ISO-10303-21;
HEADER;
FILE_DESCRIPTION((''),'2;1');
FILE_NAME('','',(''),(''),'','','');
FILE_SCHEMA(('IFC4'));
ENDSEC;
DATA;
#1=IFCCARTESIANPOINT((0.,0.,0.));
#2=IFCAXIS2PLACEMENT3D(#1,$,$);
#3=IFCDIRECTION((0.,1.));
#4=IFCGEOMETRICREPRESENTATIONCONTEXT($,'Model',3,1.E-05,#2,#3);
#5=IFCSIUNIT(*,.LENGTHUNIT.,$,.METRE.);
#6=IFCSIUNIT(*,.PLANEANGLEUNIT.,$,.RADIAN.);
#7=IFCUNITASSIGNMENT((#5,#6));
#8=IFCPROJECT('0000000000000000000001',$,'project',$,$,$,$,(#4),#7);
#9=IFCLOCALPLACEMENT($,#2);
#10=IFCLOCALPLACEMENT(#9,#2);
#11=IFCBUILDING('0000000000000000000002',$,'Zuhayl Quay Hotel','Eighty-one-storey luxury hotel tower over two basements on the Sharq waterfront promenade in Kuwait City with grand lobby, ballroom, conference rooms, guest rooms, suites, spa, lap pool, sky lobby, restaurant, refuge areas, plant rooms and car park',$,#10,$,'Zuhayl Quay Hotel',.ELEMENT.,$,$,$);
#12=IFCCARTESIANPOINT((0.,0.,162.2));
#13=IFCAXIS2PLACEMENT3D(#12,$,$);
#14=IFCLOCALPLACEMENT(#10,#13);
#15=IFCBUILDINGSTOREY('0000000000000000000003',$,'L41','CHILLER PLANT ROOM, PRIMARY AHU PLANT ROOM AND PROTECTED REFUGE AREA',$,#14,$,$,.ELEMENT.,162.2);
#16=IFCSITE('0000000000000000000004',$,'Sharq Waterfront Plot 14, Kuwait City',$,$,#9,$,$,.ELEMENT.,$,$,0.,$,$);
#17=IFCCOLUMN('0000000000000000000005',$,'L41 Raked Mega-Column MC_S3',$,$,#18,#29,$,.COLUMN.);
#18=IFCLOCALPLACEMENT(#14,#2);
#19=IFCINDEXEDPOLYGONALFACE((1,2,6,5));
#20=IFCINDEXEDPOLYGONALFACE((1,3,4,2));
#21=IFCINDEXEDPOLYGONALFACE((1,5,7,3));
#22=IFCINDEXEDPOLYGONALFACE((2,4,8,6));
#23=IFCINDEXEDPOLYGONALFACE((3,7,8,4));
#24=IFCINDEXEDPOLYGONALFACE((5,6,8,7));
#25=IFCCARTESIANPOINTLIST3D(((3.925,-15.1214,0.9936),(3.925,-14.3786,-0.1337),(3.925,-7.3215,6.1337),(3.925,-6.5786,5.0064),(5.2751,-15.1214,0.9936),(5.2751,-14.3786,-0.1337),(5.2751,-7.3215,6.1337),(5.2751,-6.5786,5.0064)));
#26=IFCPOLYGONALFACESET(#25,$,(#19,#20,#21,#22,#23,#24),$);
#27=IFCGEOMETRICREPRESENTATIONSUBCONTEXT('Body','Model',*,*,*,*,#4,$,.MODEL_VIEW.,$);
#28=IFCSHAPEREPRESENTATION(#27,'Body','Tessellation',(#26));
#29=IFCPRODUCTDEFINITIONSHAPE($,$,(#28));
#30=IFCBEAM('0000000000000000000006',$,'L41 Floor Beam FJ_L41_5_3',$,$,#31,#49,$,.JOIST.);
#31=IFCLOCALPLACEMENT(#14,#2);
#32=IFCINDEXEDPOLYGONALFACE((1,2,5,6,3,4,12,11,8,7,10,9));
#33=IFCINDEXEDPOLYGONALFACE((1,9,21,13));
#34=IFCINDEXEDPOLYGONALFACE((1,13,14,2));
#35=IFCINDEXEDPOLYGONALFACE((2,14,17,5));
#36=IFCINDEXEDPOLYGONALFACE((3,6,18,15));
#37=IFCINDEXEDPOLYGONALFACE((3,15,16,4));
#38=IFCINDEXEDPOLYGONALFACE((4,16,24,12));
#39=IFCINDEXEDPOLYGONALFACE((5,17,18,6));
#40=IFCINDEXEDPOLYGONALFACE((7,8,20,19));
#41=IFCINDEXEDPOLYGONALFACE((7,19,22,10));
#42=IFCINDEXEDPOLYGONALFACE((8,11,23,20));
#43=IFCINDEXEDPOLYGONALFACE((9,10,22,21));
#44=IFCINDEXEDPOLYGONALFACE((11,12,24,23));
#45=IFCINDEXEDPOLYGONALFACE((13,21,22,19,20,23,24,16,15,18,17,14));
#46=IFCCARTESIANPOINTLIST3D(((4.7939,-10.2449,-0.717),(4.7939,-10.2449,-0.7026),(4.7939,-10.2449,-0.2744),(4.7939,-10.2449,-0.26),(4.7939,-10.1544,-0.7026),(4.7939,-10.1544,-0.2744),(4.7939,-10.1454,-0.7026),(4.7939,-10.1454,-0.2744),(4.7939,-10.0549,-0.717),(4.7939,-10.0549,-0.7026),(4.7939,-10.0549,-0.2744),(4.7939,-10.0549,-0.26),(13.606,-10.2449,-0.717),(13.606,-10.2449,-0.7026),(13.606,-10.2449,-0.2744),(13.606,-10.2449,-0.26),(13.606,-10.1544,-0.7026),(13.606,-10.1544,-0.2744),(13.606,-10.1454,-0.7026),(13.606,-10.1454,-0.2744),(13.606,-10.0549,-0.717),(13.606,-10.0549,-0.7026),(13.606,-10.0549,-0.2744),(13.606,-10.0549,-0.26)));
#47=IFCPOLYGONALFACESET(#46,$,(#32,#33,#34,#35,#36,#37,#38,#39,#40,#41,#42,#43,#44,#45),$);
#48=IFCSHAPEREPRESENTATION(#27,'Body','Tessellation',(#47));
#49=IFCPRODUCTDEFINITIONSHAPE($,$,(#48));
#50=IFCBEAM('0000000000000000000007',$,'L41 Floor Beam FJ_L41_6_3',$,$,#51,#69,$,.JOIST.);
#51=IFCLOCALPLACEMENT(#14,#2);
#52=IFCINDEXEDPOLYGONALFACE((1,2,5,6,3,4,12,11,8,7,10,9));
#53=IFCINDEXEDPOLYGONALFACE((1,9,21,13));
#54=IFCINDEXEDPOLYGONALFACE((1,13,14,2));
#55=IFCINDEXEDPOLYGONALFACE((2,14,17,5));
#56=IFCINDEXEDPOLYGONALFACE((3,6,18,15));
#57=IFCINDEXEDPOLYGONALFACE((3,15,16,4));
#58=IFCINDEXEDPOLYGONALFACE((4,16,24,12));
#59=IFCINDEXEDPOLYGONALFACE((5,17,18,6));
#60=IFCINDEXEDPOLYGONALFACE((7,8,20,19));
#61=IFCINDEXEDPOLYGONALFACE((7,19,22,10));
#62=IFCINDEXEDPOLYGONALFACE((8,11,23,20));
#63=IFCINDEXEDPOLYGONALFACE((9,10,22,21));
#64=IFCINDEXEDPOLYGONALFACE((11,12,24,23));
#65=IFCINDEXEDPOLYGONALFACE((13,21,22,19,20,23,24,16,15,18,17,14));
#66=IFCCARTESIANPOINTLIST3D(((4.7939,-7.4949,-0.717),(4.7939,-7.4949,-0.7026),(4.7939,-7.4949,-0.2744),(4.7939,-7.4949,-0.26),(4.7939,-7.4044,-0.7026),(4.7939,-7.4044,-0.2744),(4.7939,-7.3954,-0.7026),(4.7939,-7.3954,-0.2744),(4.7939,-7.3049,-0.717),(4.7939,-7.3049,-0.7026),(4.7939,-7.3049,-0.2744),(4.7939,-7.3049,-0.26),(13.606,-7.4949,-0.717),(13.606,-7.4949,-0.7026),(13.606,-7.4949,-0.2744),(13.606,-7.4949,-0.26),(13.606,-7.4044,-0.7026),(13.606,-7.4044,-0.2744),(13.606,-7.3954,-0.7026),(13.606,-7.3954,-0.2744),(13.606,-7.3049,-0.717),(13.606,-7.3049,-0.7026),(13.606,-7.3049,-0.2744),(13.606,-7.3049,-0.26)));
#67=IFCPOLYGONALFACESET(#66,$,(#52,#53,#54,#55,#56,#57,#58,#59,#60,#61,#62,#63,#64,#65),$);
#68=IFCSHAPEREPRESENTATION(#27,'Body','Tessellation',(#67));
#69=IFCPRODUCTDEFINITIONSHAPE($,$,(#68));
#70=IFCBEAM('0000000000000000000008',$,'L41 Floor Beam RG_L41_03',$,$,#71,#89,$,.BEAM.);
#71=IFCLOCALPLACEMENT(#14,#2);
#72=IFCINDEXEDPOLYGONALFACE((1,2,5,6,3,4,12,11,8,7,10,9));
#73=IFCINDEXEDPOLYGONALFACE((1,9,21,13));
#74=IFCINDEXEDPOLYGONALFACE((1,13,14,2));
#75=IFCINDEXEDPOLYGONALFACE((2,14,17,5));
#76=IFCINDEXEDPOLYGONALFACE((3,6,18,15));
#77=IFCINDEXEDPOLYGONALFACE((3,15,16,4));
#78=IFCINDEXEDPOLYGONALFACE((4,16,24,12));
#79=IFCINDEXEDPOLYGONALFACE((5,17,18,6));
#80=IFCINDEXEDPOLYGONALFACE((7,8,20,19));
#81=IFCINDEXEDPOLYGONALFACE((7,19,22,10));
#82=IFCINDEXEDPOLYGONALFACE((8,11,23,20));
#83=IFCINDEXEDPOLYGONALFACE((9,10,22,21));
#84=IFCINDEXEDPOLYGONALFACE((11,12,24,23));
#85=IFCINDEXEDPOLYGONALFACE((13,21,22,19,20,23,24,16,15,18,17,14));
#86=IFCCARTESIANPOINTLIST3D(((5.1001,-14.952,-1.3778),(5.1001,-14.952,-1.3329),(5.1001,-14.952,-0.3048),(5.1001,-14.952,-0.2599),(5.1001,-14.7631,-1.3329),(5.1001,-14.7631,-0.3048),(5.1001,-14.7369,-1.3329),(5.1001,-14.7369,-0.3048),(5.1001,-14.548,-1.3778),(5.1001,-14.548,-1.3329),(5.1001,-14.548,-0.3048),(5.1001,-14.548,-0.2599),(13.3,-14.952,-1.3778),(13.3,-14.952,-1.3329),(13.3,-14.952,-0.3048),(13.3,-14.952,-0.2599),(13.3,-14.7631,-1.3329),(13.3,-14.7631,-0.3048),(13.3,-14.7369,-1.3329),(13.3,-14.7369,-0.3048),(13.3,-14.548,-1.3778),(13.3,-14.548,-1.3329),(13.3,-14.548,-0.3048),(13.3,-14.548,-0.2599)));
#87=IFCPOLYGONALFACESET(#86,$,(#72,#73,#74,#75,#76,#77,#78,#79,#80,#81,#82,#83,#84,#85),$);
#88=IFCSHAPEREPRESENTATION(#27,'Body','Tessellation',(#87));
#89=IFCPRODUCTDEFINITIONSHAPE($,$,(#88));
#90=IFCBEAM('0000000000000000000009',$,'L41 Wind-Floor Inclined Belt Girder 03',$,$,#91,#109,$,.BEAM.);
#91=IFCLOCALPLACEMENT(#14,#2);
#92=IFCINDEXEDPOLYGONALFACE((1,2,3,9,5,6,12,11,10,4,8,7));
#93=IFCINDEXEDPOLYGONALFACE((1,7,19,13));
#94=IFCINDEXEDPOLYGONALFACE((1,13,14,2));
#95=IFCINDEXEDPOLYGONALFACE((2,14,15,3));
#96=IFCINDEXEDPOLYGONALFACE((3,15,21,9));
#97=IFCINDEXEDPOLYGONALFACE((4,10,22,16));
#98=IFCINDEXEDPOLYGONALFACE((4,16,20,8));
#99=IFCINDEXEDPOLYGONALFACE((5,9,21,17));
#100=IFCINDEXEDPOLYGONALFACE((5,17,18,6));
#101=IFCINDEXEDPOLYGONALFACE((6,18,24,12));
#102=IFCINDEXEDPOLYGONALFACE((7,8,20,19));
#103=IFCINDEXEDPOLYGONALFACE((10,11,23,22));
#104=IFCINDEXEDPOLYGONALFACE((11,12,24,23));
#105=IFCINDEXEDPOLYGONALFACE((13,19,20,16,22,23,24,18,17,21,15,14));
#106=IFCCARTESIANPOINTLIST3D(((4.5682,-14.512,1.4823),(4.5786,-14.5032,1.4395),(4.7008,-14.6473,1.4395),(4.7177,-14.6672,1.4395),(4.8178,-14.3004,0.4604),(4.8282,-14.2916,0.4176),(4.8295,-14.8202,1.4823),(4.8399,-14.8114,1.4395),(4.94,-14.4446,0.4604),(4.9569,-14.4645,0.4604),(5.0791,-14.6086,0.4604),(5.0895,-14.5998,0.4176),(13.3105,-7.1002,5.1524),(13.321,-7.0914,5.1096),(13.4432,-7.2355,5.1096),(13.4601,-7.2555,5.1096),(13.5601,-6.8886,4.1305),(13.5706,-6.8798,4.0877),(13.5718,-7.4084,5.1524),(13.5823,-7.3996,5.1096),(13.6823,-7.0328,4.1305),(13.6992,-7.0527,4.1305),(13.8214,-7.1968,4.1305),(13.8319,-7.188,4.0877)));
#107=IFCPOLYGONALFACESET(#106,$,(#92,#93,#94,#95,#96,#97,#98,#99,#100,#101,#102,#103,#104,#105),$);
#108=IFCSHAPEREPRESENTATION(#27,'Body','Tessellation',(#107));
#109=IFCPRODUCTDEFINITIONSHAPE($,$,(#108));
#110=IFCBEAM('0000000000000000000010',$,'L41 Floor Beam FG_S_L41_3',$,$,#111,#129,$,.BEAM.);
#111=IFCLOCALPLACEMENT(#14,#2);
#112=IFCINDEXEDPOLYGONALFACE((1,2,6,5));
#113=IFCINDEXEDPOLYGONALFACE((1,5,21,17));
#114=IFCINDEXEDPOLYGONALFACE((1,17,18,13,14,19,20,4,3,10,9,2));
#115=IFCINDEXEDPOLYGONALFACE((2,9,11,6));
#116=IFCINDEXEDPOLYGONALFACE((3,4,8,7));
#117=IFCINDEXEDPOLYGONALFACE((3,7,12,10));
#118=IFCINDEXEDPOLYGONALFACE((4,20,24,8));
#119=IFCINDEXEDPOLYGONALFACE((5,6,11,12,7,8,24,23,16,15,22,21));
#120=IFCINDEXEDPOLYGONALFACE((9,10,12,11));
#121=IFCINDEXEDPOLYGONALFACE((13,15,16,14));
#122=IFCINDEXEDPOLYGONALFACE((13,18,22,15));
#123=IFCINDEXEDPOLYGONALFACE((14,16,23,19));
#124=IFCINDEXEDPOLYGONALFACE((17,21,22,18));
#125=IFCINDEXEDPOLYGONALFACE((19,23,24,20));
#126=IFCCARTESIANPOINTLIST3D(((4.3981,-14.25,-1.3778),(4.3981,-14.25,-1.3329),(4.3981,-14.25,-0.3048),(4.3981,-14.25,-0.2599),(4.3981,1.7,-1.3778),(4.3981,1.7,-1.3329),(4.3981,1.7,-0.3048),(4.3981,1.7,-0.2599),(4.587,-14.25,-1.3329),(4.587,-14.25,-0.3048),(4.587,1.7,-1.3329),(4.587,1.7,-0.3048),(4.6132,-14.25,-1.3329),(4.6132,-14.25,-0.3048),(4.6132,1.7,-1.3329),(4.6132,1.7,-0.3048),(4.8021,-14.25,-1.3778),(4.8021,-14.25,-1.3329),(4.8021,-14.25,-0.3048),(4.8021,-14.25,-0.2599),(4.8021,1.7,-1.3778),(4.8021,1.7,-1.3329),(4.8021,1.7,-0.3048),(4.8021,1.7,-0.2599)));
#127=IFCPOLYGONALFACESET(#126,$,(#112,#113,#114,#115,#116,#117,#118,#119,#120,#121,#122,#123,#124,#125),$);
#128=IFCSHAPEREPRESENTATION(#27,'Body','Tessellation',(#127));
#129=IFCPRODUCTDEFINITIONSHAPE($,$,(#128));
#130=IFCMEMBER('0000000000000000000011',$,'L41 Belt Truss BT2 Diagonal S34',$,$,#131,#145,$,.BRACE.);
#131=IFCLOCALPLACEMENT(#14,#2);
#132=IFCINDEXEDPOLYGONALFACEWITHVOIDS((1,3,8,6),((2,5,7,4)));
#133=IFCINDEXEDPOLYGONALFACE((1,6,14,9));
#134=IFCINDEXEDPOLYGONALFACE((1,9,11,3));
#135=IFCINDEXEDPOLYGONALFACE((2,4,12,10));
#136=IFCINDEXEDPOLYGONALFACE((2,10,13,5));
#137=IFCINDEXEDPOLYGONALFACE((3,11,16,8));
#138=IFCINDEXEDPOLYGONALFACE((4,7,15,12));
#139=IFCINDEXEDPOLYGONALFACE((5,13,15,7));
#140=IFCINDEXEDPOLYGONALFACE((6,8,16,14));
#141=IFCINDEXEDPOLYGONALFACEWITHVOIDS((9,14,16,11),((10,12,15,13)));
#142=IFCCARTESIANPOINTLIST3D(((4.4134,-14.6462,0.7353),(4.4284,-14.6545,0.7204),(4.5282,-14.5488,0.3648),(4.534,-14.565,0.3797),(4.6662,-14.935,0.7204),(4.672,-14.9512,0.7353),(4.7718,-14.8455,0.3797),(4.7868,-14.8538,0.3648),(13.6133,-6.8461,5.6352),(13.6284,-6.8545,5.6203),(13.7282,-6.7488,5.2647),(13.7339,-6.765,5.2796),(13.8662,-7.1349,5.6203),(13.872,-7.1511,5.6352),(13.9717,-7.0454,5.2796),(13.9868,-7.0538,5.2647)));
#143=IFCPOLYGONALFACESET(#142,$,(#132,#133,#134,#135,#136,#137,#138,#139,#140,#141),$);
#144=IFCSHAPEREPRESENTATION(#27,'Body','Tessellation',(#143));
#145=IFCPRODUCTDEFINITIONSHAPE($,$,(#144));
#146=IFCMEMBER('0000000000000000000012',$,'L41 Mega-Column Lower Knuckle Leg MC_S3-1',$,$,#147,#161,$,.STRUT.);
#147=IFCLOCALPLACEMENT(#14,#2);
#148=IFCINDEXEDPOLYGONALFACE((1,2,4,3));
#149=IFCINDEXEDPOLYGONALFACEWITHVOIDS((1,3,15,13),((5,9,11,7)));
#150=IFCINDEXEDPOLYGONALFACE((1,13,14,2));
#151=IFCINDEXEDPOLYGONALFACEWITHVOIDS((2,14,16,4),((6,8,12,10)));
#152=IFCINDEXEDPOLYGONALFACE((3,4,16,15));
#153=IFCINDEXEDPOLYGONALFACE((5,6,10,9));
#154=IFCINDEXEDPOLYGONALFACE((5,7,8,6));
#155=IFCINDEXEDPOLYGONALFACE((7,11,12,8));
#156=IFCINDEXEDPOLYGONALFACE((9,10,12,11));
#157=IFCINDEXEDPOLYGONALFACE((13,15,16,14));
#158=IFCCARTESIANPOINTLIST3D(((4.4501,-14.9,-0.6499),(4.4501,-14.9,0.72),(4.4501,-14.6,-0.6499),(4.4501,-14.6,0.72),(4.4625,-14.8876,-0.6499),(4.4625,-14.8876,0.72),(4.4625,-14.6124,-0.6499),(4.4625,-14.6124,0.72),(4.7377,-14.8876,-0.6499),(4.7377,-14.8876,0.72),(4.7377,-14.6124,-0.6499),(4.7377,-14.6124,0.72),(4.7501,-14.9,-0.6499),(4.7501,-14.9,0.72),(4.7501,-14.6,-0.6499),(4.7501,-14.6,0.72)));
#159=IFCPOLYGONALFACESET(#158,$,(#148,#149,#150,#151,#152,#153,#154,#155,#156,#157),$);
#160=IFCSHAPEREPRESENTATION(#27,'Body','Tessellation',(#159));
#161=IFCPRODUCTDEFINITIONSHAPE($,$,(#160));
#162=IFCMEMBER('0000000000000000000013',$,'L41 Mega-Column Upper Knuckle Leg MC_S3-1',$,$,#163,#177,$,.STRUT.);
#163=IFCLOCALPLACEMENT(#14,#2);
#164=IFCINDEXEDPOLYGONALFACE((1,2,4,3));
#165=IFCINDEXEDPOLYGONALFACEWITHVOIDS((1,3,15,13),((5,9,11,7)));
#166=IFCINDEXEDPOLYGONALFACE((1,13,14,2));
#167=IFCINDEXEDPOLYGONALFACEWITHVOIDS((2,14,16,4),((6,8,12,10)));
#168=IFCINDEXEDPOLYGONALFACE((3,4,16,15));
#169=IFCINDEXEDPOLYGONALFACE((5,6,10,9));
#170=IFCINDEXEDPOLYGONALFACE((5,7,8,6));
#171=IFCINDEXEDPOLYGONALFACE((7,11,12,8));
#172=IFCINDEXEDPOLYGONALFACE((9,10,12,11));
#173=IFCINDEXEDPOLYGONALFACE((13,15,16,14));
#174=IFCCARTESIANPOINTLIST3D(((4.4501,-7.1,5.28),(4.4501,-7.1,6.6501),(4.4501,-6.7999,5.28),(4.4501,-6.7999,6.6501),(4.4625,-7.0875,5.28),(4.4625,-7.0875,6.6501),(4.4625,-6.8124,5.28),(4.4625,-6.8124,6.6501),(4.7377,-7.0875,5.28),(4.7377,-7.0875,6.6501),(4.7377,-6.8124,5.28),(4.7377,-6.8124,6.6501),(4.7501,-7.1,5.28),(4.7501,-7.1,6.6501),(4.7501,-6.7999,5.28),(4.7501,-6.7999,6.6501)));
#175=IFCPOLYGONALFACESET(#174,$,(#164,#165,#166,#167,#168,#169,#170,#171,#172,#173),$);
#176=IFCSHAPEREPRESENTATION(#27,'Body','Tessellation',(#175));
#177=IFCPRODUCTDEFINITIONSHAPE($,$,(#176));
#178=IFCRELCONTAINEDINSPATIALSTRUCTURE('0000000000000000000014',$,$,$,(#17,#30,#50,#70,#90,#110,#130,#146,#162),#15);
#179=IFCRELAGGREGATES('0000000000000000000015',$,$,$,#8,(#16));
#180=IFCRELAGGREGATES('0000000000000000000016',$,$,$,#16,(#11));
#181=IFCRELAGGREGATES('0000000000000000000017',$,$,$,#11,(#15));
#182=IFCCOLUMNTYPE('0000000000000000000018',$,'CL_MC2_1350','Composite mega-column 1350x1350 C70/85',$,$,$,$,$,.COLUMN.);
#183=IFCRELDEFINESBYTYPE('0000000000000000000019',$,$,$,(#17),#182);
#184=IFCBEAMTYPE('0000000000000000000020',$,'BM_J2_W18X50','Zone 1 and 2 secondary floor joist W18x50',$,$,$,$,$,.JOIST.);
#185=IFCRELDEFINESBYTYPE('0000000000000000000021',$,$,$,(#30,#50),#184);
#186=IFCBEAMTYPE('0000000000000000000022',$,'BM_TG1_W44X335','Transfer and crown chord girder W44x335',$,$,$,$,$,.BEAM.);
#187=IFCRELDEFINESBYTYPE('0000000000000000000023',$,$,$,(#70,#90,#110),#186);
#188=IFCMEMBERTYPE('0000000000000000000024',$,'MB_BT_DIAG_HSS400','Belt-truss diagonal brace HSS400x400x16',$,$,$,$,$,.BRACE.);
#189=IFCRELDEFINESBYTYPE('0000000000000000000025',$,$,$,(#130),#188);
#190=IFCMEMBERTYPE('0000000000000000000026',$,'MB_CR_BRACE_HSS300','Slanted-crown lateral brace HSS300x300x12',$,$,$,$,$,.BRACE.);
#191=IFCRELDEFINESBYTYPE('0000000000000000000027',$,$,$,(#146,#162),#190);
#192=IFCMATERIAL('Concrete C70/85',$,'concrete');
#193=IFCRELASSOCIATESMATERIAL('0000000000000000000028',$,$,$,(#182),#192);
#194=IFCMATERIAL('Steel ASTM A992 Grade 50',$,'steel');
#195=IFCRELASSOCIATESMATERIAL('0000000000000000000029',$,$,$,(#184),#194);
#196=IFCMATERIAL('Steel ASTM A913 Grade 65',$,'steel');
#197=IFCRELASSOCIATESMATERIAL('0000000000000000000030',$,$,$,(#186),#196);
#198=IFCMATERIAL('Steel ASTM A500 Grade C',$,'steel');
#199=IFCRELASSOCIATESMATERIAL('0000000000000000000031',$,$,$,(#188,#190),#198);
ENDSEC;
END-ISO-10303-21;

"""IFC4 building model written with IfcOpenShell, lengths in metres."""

from ifc_helpers import new_model, si_unit, direction, frame, origin, origin_2d, place, context, subcontext, project, spatial, rectangle, hollow_rectangle, i_section, extrude, material, material_profile, profile_set, type_object, element, save


model = new_model("IFC4")

# Units and contexts
model_context = context("Model", 3, precision=1e-05, world=origin(), true_north=direction((0.0, 1.0)))
body_context = subcontext(model_context, "Body", "Model", "MODEL_VIEW")
ifc_project = project(units=[si_unit("LENGTHUNIT", "METRE"), si_unit("PLANEANGLEUNIT", "RADIAN")], contexts=[model_context])

# Site, building, storey
site_placement = place(None, origin())
site = spatial("IfcSite", under=ifc_project, at=site_placement, Name="Sharq Waterfront Plot 14, Kuwait City", CompositionType="ELEMENT", RefElevation=0.0)
building_placement = place(site_placement, origin())
building = spatial("IfcBuilding", under=site, at=building_placement, Name="Zuhayl Quay Hotel", Description="Eighty-one-storey luxury hotel tower over two basements on the Sharq waterfront promenade in Kuwait City with grand lobby, ballroom, conference rooms, guest rooms, suites, spa, lap pool, sky lobby, restaurant, refuge areas, plant rooms and car park", LongName="Zuhayl Quay Hotel", CompositionType="ELEMENT")
storey_placement = place(building_placement, frame((0.0, 0.0, 162.2)))
storey = spatial("IfcBuildingStorey", under=building, at=storey_placement, Name="L41", Description="CHILLER PLANT ROOM, PRIMARY AHU PLANT ROOM AND PROTECTED REFUGE AREA", CompositionType="ELEMENT", Elevation=162.2)

# Column
ifc_material_1 = material(Name="Concrete C70/85", Category="concrete")
ifc_material_profile_1 = material_profile(ifc_material_1, rectangle(XDim=1.3501, YDim=1.3501, at=origin_2d()), Name="RC1350X1350")
ifc_profile_set_1 = profile_set([ifc_material_profile_1], Name="Concrete C70/85")
column_type = type_object("IfcColumnType", Name="CL_MC2_1350", Description="Composite mega-column 1350x1350 C70/85", PredefinedType="COLUMN", material=ifc_profile_set_1)
column_placement = place(storey_placement, frame((4.6001, -14.75, 0.4299), z_axis=(0.0, 0.834998, 0.550253), x_axis=(-1.0, 0.0, 0.0)))
element("IfcColumn", 1, at=column_placement, inside=storey, type_object=column_type, Name="L41 Raked Mega-Column MC_S3", PredefinedType="COLUMN", context=body_context, shape_type="SweptSolid", body=[
    extrude(rectangle(XDim=1.3501, YDim=1.3501, at=origin_2d()), origin(), (0.0, 0.0, 1.0), 9.3413),
])

# Beams
ifc_material_2 = material(Name="Steel ASTM A992 Grade 50", Category="steel")
ifc_material_profile_2 = material_profile(ifc_material_2, i_section(OverallWidth=0.1899, OverallDepth=0.457, WebThickness=0.009, FlangeThickness=0.0144, at=origin_2d()), Name="W18X50")
ifc_profile_set_2 = profile_set([ifc_material_profile_2], Name="Steel ASTM A992 Grade 50")
beam_type_1 = type_object("IfcBeamType", Name="BM_J2_W18X50", Description="Zone 1 and 2 secondary floor joist W18x50", PredefinedType="JOIST", material=ifc_profile_set_2)
for number, where, z_axis, x_axis, name in (
    (2, (4.7939, -10.1499, -0.4885), (1.0, 0.0, 0.0), (0.0, 1.0, 0.0), "L41 Floor Beam FJ_L41_5_3"),
    (3, (4.7939, -7.3999, -0.4885), (1.0, 0.0, 0.0), (0.0, 1.0, 0.0), "L41 Floor Beam FJ_L41_6_3"),
):
    element("IfcBeam", number, at=place(storey_placement, frame(where, z_axis=z_axis, x_axis=x_axis)), inside=storey, type_object=beam_type_1, Name=name, PredefinedType="JOIST", context=body_context, shape_type="SweptSolid", body=[
        extrude(i_section(OverallWidth=0.1899, OverallDepth=0.457, WebThickness=0.009, FlangeThickness=0.0144, at=origin_2d()), origin(), (0.0, 0.0, 1.0), 8.812),
    ])
ifc_material_3 = material(Name="Steel ASTM A913 Grade 65", Category="steel")
ifc_material_profile_3 = material_profile(ifc_material_3, i_section(OverallWidth=0.4041, OverallDepth=1.1179, WebThickness=0.0261, FlangeThickness=0.0449, at=origin_2d()), Name="W44X335")
ifc_profile_set_3 = profile_set([ifc_material_profile_3], Name="Steel ASTM A913 Grade 65")
beam_type_2 = type_object("IfcBeamType", Name="BM_TG1_W44X335", Description="Transfer and crown chord girder W44x335", PredefinedType="BEAM", material=ifc_profile_set_3)
beam_1_placement = place(storey_placement, frame((5.1001, -14.75, -0.8188), z_axis=(1.0, 0.0, 0.0), x_axis=(0.0, 1.0, 0.0)))
element("IfcBeam", 4, at=beam_1_placement, inside=storey, type_object=beam_type_2, Name="L41 Floor Beam RG_L41_03", PredefinedType="BEAM", context=body_context, shape_type="SweptSolid", body=[
    extrude(i_section(OverallWidth=0.4041, OverallDepth=1.1179, WebThickness=0.0261, FlangeThickness=0.0449, at=origin_2d()), origin(), (0.0, 0.0, 1.0), 8.2),
])
beam_2_placement = place(storey_placement, frame((4.8289, -14.5559, 0.95), z_axis=(0.72643, 0.61587, 0.304963), x_axis=(-0.646675, 0.762765, 0.0)))
element("IfcBeam", 5, at=beam_2_placement, inside=storey, type_object=beam_type_2, Name="L41 Wind-Floor Inclined Belt Girder 03", PredefinedType="BEAM", context=body_context, shape_type="SweptSolid", body=[
    extrude(i_section(OverallWidth=0.4041, OverallDepth=1.1179, WebThickness=0.0261, FlangeThickness=0.0449, at=origin_2d()), origin(), (0.0, 0.0, 1.0), 12.0347),
])
beam_3_placement = place(storey_placement, frame((4.6001, -14.25, -0.8188), z_axis=(0.0, 1.0, 0.0), x_axis=(-1.0, 0.0, 0.0)))
element("IfcBeam", 6, at=beam_3_placement, inside=storey, type_object=beam_type_2, Name="L41 Floor Beam FG_S_L41_3", PredefinedType="BEAM", context=body_context, shape_type="SweptSolid", body=[
    extrude(i_section(OverallWidth=0.4041, OverallDepth=1.1179, WebThickness=0.0261, FlangeThickness=0.0449, at=origin_2d()), origin(), (0.0, 0.0, 1.0), 15.95),
])

# Members
ifc_material_4 = material(Name="Steel ASTM A500 Grade C", Category="steel")
ifc_material_profile_4 = material_profile(ifc_material_4, hollow_rectangle(XDim=0.3999, YDim=0.3999, WallThickness=0.0161, at=origin_2d()), Name="HSS400X400X16")
ifc_profile_set_4 = profile_set([ifc_material_profile_4], Name="Steel ASTM A500 Grade C")
member_type_1 = type_object("IfcMemberType", Name="MB_BT_DIAG_HSS400", Description="Belt-truss diagonal brace HSS400x400x16", PredefinedType="BRACE", material=ifc_profile_set_4)
member_1_placement = place(storey_placement, frame((4.6001, -14.75, 0.55), z_axis=(0.706667, 0.599138, 0.376372), x_axis=(-0.64669, 0.762753, 0.0)))
element("IfcMember", 7, at=member_1_placement, inside=storey, type_object=member_type_1, Name="L41 Belt Truss BT2 Diagonal S34", PredefinedType="BRACE", context=body_context, shape_type="SweptSolid", body=[
    extrude(hollow_rectangle(XDim=0.3999, YDim=0.3999, WallThickness=0.0161, at=origin_2d()), origin(), (0.0, 0.0, 1.0), 13.0188),
])
ifc_material_profile_5 = material_profile(ifc_material_4, hollow_rectangle(XDim=0.3, YDim=0.3, WallThickness=0.0125, at=origin_2d()), Name="HSS300X300X12")
ifc_profile_set_5 = profile_set([ifc_material_profile_5], Name="Steel ASTM A500 Grade C")
member_type_2 = type_object("IfcMemberType", Name="MB_CR_BRACE_HSS300", Description="Slanted-crown lateral brace HSS300x300x12", PredefinedType="BRACE", material=ifc_profile_set_5)
member_2_placement = place(storey_placement, frame((4.6001, -14.75, -0.6499), z_axis=(0.0, 0.0, 1.0), x_axis=(1.0, 0.0, 0.0)))
element("IfcMember", 8, at=member_2_placement, inside=storey, type_object=member_type_2, Name="L41 Mega-Column Lower Knuckle Leg MC_S3-1", PredefinedType="STRUT", context=body_context, shape_type="SweptSolid", body=[
    extrude(hollow_rectangle(XDim=0.3, YDim=0.3, WallThickness=0.0125, at=origin_2d()), origin(), (0.0, 0.0, 1.0), 1.3699),
])
member_3_placement = place(storey_placement, frame((4.6001, -6.95, 5.28), z_axis=(0.0, 0.0, 1.0), x_axis=(1.0, 0.0, 0.0)))
element("IfcMember", 9, at=member_3_placement, inside=storey, type_object=member_type_2, Name="L41 Mega-Column Upper Knuckle Leg MC_S3-1", PredefinedType="STRUT", context=body_context, shape_type="SweptSolid", body=[
    extrude(hollow_rectangle(XDim=0.3, YDim=0.3, WallThickness=0.0125, at=origin_2d()), origin(), (0.0, 0.0, 1.0), 1.3701),
])

save(model, "model.ifc")
